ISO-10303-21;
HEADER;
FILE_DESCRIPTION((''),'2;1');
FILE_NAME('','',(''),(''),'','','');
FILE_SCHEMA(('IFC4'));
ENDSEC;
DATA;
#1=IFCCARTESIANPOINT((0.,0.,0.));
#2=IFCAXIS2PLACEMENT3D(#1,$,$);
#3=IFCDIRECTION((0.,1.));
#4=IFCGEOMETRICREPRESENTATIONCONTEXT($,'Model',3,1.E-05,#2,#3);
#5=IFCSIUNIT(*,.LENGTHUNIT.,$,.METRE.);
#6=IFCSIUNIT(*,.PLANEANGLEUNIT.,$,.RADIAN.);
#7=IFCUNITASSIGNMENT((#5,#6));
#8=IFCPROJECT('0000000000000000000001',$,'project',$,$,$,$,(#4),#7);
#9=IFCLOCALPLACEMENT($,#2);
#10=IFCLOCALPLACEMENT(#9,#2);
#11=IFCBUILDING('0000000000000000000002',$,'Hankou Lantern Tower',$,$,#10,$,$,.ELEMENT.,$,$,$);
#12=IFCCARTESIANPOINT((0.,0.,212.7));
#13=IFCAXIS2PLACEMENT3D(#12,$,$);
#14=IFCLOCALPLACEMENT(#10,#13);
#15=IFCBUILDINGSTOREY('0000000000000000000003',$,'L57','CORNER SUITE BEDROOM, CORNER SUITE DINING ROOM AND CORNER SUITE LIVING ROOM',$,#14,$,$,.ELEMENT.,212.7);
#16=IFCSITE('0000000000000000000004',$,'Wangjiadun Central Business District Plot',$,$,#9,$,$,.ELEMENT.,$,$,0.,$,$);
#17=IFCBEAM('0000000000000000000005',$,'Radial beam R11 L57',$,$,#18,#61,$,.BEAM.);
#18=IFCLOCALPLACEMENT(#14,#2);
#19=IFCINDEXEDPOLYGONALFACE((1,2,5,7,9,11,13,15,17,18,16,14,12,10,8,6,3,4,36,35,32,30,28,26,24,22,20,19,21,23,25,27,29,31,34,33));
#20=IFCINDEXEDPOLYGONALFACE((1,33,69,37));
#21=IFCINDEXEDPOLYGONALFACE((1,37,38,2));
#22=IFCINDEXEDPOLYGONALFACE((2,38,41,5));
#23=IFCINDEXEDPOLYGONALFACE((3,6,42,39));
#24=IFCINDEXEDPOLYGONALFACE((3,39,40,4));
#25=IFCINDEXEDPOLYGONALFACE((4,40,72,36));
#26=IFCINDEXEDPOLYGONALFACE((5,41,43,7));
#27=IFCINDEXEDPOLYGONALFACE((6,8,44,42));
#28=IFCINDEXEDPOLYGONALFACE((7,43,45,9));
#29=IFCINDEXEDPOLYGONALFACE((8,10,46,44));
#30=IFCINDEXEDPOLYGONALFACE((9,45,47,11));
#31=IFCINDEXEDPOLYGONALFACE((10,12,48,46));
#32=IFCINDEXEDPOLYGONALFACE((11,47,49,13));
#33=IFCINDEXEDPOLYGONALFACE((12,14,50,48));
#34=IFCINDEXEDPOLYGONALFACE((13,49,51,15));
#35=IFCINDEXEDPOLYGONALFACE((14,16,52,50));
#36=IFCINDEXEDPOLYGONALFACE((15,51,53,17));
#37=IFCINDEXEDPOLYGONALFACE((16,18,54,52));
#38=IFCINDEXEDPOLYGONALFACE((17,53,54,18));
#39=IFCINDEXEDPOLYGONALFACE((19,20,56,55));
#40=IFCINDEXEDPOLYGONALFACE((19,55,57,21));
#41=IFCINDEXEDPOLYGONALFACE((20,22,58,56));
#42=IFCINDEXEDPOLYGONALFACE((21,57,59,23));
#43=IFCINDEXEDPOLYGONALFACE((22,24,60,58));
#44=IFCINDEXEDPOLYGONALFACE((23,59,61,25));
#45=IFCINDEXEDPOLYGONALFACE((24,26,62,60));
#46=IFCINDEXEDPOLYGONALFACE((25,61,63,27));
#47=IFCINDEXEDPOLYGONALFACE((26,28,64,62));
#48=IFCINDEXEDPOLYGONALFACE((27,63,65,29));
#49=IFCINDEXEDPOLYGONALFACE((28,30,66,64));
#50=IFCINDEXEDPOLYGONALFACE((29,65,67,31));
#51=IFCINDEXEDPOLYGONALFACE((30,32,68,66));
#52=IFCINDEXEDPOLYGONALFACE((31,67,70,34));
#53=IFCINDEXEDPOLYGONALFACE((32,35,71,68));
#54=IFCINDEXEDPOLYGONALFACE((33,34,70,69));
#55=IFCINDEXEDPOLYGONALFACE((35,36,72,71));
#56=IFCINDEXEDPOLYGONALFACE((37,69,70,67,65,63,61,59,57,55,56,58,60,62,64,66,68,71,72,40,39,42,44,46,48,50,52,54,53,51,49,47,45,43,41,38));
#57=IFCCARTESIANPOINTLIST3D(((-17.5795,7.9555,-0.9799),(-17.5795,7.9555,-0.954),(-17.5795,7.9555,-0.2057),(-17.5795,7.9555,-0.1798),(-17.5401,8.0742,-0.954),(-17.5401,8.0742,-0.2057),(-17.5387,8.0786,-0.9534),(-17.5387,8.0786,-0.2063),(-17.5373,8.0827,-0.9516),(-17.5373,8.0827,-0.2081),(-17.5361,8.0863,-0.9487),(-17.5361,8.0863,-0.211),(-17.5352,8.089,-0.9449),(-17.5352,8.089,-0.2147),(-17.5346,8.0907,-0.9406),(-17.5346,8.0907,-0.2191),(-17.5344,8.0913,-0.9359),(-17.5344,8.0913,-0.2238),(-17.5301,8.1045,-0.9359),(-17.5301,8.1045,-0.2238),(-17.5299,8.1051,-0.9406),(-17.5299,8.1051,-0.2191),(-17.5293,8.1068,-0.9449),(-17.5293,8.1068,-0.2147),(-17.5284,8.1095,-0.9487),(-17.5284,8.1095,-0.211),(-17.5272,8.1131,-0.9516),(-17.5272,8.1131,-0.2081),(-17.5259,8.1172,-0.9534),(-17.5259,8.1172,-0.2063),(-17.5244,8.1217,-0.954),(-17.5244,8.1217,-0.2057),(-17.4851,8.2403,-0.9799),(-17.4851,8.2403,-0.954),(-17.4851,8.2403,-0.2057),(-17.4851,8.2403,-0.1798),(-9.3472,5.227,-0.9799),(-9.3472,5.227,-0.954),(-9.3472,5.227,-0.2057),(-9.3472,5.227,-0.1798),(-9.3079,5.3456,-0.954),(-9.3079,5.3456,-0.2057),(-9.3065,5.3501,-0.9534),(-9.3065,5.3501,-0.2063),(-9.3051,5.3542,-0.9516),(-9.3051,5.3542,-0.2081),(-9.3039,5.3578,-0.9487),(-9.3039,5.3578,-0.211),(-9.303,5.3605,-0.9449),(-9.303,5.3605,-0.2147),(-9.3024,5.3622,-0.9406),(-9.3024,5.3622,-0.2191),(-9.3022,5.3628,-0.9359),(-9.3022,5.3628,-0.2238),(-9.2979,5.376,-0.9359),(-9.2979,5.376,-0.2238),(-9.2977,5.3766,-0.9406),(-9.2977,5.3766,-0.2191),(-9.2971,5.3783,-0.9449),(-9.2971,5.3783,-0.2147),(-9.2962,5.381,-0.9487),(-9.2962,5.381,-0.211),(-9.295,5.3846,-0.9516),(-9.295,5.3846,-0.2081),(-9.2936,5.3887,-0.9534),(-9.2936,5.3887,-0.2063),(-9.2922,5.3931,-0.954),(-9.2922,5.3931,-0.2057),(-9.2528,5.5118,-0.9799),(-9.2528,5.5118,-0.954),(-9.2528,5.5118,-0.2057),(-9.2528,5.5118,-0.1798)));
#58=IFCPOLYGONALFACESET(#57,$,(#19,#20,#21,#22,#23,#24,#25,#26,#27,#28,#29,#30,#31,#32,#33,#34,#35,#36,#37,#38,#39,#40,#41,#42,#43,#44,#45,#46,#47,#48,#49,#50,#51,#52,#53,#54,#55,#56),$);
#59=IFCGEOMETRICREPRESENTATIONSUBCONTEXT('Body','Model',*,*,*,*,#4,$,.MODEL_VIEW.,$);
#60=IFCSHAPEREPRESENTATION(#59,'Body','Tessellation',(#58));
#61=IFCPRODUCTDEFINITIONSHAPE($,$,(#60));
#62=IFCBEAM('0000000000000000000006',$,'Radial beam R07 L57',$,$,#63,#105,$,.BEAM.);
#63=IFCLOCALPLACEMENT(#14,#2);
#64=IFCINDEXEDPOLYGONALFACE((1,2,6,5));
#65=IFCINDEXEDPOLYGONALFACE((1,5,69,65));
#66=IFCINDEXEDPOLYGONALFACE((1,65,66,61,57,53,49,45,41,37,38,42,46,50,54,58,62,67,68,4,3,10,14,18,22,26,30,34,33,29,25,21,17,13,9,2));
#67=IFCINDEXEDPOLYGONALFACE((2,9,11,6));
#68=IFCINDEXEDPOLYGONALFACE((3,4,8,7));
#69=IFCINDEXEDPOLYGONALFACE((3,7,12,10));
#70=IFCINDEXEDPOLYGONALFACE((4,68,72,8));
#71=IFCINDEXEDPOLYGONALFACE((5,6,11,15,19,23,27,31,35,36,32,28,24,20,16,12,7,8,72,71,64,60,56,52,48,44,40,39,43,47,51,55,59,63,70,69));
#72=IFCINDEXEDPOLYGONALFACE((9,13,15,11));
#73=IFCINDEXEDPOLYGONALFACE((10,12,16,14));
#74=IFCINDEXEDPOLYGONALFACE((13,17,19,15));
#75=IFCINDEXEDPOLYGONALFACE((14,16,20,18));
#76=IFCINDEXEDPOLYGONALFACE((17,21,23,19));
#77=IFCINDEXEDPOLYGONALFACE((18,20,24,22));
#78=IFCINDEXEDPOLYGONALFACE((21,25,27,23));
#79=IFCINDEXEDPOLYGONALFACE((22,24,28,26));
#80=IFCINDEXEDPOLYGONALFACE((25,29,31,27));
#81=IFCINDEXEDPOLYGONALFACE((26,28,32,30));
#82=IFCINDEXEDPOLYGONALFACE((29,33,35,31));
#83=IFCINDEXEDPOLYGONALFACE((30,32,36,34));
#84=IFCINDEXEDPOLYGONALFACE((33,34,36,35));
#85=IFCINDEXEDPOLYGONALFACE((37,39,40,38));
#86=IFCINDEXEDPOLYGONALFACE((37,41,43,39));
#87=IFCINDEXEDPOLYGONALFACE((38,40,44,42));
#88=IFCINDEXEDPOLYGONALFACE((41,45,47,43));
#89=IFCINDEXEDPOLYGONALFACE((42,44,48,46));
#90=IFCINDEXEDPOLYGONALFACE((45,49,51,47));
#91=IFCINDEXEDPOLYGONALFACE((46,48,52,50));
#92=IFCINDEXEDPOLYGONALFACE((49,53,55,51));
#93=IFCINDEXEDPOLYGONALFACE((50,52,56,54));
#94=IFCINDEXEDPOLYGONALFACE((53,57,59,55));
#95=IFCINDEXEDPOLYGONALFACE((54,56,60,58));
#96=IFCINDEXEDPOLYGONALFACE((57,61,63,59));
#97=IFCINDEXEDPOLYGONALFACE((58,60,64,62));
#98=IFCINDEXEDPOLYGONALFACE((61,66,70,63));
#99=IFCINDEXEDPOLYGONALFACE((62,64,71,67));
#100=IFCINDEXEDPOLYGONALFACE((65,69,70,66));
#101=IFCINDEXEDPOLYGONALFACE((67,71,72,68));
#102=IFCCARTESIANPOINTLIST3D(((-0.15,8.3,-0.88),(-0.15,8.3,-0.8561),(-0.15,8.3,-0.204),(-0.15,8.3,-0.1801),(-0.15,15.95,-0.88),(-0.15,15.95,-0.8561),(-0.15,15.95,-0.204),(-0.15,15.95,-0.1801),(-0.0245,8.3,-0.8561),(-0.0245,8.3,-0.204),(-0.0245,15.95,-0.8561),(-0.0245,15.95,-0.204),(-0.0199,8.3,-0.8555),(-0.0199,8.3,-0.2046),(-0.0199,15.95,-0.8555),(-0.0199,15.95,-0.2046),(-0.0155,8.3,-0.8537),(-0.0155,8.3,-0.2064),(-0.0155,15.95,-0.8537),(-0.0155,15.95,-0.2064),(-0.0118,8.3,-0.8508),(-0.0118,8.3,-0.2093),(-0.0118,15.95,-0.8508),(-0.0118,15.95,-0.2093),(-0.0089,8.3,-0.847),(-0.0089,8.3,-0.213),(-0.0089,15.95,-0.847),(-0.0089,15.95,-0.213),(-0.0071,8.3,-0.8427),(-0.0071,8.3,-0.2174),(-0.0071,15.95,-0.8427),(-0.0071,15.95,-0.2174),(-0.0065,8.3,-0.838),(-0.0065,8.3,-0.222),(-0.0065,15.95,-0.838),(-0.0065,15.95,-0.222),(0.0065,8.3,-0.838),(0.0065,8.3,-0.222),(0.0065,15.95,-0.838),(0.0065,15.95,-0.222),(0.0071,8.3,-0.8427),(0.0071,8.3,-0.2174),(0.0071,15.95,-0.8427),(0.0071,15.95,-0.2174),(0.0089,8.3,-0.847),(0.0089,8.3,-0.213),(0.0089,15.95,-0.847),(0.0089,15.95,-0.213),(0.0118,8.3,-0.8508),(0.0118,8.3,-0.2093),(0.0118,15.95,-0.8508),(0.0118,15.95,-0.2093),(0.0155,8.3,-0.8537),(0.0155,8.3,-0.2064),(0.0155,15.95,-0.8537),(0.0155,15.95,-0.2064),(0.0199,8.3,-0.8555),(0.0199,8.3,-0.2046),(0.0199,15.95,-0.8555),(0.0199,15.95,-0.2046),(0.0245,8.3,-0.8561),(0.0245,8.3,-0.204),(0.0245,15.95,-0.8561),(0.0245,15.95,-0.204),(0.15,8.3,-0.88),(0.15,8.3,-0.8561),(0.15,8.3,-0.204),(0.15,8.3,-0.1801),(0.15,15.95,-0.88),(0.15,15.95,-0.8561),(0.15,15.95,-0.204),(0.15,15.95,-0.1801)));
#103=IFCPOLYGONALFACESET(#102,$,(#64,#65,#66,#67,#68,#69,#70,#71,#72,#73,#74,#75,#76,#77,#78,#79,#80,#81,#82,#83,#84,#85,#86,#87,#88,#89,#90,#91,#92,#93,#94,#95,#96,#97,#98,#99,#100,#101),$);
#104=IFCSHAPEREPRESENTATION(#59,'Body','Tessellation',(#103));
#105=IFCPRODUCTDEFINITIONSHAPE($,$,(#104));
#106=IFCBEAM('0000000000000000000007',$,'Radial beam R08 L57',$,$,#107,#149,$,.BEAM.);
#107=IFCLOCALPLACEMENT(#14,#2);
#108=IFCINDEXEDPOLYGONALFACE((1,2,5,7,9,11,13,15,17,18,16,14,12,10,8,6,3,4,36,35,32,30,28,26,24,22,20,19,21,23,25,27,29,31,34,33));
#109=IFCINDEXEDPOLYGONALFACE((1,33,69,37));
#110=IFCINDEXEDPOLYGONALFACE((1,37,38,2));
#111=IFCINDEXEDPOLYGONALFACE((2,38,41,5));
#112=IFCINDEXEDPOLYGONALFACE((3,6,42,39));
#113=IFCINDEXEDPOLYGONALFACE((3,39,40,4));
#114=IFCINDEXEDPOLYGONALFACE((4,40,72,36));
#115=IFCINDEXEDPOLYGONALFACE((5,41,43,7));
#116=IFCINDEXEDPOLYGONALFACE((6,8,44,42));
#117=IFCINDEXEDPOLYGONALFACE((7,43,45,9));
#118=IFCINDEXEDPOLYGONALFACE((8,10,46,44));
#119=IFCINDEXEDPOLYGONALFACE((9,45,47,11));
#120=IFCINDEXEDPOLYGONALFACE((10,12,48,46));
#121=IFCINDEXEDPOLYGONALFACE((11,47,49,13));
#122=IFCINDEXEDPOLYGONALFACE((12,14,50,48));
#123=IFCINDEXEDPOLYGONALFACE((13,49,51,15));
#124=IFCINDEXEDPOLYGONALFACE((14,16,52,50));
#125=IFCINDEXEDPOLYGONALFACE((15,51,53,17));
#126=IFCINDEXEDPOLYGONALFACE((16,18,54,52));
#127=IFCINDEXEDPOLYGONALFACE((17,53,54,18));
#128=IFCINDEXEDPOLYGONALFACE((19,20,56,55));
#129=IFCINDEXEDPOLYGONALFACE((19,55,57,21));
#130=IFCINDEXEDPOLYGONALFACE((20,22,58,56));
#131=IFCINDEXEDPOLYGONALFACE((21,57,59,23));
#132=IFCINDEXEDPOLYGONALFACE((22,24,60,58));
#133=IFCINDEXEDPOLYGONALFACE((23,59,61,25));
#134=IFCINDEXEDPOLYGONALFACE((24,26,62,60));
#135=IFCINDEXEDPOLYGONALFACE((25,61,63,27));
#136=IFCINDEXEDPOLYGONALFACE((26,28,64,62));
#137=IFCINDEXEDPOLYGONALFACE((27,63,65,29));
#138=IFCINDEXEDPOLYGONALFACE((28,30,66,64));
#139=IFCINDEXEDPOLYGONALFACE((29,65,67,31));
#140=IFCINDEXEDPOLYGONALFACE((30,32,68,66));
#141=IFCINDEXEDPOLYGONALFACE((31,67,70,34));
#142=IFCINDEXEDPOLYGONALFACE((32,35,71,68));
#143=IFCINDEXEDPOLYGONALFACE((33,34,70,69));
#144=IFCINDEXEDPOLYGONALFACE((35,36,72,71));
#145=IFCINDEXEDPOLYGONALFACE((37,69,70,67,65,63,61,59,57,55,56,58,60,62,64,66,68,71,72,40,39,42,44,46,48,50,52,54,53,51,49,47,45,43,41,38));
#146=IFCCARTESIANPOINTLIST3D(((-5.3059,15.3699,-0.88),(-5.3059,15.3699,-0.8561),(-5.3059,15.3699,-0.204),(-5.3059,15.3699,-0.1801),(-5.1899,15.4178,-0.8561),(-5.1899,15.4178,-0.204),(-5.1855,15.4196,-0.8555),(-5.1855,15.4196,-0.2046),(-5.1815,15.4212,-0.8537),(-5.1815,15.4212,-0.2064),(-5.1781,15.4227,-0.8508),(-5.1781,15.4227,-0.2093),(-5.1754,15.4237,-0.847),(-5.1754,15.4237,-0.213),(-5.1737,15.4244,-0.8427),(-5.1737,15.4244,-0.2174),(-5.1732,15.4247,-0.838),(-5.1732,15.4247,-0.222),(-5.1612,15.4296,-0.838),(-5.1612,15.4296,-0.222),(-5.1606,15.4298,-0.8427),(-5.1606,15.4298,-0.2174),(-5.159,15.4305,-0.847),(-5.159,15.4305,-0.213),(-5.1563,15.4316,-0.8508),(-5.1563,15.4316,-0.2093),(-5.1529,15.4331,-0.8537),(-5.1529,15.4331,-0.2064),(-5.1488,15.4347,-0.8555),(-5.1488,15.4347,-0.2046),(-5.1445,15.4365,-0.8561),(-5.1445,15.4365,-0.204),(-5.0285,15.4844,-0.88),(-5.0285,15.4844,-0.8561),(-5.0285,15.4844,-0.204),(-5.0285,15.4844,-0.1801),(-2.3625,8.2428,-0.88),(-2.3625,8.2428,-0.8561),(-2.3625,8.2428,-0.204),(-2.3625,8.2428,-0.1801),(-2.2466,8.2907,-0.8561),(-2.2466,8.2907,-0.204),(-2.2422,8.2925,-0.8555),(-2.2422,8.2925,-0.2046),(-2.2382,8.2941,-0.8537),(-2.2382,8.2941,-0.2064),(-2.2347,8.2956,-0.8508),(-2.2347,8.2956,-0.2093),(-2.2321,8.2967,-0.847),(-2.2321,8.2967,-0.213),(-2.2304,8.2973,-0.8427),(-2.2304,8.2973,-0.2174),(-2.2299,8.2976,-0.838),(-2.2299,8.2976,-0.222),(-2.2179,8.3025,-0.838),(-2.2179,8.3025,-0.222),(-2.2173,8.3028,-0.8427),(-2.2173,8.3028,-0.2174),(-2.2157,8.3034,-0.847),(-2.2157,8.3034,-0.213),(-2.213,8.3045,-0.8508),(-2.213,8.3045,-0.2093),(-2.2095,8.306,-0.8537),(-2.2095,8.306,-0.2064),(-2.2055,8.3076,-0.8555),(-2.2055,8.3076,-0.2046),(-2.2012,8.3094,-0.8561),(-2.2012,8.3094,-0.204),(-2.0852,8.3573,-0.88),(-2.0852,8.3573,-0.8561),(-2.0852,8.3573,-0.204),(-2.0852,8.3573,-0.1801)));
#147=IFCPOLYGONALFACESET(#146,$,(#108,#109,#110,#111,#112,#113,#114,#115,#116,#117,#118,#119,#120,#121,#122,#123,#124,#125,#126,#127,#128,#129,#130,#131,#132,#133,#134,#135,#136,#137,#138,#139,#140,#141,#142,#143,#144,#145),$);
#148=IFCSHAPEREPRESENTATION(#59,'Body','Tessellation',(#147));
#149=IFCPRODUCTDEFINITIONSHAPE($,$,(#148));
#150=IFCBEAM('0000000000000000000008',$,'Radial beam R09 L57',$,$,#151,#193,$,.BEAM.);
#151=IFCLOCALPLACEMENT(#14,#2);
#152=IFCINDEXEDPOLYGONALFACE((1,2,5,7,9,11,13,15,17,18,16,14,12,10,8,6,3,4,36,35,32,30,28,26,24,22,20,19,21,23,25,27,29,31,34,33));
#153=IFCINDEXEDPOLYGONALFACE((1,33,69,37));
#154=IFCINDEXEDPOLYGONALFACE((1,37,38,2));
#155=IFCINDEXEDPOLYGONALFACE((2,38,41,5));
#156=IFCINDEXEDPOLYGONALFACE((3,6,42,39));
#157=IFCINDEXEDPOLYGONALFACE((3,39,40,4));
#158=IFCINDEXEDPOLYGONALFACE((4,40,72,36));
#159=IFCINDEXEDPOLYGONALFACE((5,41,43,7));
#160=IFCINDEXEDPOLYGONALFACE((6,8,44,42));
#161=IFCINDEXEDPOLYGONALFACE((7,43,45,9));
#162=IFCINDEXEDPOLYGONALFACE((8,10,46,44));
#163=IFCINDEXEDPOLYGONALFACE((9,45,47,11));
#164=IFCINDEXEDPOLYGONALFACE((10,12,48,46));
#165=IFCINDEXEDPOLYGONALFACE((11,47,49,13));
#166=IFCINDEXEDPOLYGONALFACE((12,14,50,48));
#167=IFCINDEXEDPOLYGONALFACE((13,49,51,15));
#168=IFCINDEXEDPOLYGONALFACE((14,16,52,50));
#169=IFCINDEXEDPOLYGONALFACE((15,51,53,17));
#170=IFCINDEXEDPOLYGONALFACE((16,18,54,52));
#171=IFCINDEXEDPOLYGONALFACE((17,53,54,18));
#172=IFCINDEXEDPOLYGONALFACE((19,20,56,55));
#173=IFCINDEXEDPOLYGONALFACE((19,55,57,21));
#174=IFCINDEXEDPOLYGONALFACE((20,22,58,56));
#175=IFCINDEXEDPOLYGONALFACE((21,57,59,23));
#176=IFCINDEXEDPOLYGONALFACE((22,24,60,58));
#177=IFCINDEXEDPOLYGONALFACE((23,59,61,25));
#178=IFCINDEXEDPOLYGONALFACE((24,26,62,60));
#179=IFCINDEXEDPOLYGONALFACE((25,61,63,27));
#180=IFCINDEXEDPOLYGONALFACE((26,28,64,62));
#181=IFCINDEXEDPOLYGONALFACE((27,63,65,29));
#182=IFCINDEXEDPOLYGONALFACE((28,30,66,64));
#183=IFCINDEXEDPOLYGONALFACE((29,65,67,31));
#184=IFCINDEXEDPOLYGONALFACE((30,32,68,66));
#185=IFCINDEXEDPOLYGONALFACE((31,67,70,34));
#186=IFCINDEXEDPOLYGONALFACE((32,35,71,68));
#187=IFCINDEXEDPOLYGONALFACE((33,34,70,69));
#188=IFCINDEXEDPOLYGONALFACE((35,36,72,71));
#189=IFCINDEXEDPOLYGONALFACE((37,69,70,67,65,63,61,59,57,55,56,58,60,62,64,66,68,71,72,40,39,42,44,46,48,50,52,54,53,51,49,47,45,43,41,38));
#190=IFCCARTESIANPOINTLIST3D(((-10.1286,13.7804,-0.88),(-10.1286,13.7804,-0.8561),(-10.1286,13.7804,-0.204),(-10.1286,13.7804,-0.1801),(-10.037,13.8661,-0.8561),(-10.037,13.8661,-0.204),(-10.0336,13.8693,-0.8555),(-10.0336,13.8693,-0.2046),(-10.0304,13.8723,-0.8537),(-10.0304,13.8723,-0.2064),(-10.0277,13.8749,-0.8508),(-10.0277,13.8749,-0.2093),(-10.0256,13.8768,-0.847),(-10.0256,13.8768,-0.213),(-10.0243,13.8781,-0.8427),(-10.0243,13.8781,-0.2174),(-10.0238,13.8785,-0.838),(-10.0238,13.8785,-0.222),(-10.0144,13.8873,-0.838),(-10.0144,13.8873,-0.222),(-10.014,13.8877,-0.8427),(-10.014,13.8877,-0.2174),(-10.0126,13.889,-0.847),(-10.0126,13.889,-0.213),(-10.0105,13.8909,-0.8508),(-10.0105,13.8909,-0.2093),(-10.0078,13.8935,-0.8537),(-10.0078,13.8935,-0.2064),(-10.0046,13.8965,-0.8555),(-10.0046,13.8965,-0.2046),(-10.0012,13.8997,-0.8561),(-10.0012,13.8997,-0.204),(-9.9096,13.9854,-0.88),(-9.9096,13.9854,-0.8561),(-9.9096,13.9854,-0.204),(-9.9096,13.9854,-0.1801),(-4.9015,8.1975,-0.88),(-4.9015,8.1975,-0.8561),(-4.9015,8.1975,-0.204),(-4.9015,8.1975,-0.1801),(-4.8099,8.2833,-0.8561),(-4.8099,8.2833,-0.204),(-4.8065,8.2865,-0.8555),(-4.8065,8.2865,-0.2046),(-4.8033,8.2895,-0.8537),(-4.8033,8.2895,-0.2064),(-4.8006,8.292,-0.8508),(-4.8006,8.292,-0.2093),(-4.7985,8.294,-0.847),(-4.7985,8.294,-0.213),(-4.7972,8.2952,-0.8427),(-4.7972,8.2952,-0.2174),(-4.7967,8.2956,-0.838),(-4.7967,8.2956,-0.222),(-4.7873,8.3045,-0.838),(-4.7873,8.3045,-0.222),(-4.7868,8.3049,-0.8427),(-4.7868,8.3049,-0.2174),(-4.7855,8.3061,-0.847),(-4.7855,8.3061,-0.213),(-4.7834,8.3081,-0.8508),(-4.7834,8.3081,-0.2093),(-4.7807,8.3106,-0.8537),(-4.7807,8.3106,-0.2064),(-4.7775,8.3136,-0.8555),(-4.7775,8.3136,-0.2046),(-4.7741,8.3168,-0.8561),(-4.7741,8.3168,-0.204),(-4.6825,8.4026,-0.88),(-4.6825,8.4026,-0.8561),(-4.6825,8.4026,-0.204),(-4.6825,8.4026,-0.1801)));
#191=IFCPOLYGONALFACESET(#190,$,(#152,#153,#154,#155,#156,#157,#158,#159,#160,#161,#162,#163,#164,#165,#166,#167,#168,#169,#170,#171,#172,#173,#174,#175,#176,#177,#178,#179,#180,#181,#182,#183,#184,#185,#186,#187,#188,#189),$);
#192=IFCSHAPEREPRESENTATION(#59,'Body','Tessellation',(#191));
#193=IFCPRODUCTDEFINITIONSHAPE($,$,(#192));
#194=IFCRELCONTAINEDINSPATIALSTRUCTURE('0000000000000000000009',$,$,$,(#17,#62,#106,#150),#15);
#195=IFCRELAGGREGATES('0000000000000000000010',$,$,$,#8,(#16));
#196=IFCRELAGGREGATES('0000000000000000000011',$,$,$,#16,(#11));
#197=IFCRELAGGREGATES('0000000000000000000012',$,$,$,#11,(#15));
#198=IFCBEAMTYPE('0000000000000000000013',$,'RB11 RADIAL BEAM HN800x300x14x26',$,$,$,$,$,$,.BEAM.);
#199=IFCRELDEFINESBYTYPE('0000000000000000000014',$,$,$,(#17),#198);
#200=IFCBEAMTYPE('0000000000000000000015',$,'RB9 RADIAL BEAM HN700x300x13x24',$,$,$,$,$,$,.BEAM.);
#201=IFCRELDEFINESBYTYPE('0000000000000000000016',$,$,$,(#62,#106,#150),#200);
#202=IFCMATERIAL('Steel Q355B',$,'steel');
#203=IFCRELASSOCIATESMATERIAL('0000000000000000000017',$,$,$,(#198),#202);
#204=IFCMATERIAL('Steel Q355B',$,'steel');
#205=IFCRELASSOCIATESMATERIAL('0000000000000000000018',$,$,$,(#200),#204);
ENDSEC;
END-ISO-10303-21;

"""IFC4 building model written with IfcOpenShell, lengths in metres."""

from ifc_helpers import new_model, si_unit, direction, frame, origin, origin_2d, place, context, subcontext, project, spatial, i_section, extrude, material, material_profile, profile_set, type_object, element, save


model = new_model("IFC4")

# Units and contexts
model_context = context("Model", 3, precision=1e-05, world=origin(), true_north=direction((0.0, 1.0)))
body_context = subcontext(model_context, "Body", "Model", "MODEL_VIEW")
ifc_project = project(units=[si_unit("LENGTHUNIT", "METRE"), si_unit("PLANEANGLEUNIT", "RADIAN")], contexts=[model_context])

# Site, building, storey
site_placement = place(None, origin())
site = spatial("IfcSite", under=ifc_project, at=site_placement, Name="Wangjiadun Central Business District Plot", CompositionType="ELEMENT", RefElevation=0.0)
building_placement = place(site_placement, origin())
building = spatial("IfcBuilding", under=site, at=building_placement, Name="Hankou Lantern Tower", CompositionType="ELEMENT")
storey_placement = place(building_placement, frame((0.0, 0.0, 212.7)))
storey = spatial("IfcBuildingStorey", under=building, at=storey_placement, Name="L57", Description="CORNER SUITE BEDROOM, CORNER SUITE DINING ROOM AND CORNER SUITE LIVING ROOM", CompositionType="ELEMENT", Elevation=212.7)

# Beams
ifc_material_1 = material(Name="Steel Q355B", Category="steel")
ifc_material_profile_1 = material_profile(ifc_material_1, i_section(OverallWidth=0.3, OverallDepth=0.8, WebThickness=0.0139, FlangeThickness=0.0259, FilletRadius=0.0181, at=origin_2d()), Name="HN800x300x14x26")
ifc_profile_set_1 = profile_set([ifc_material_profile_1], Name="Steel Q355B")
beam_type_1 = type_object("IfcBeamType", Name="RB11 RADIAL BEAM HN800x300x14x26", PredefinedType="BEAM", material=ifc_profile_set_1)
beam_1_placement = place(storey_placement, frame((-9.3, 5.3694, -0.5798), z_axis=(-0.94922, 0.314614, 0.0), x_axis=(-0.314614, -0.94922, 0.0)))
element("IfcBeam", 1, at=beam_1_placement, inside=storey, type_object=beam_type_1, Name="Radial beam R11 L57", PredefinedType="BEAM", context=body_context, shape_type="SweptSolid", body=[
    extrude(i_section(OverallWidth=0.3, OverallDepth=0.8, WebThickness=0.0139, FlangeThickness=0.0259, FilletRadius=0.0181, at=origin_2d()), origin(), (0.0, 0.0, 1.0), 8.6726),
])
ifc_material_2 = material(Name="Steel Q355B", Category="steel")
ifc_material_profile_2 = material_profile(ifc_material_2, i_section(OverallWidth=0.3, OverallDepth=0.7, WebThickness=0.0129, FlangeThickness=0.0239, FilletRadius=0.0181, at=origin_2d()), Name="HN700x300x13x24")
ifc_profile_set_2 = profile_set([ifc_material_profile_2], Name="Steel Q355B")
beam_type_2 = type_object("IfcBeamType", Name="RB9 RADIAL BEAM HN700x300x13x24", PredefinedType="BEAM", material=ifc_profile_set_2)
beam_2_placement = place(storey_placement, frame((0.0, 8.3, -0.53), z_axis=(0.0, 1.0, 0.0), x_axis=(-1.0, 0.0, 0.0)))
element("IfcBeam", 2, at=beam_2_placement, inside=storey, type_object=beam_type_2, Name="Radial beam R07 L57", PredefinedType="BEAM", context=body_context, shape_type="SweptSolid", body=[
    extrude(i_section(OverallWidth=0.3, OverallDepth=0.7, WebThickness=0.0129, FlangeThickness=0.0239, FilletRadius=0.0181, at=origin_2d()), origin(), (0.0, 0.0, 1.0), 7.6499),
])
beam_3_placement = place(storey_placement, frame((-2.2239, 8.3, -0.53), z_axis=(-0.381707, 0.924284, 0.0), x_axis=(-0.924284, -0.381707, 0.0)))
element("IfcBeam", 3, at=beam_3_placement, inside=storey, type_object=beam_type_2, Name="Radial beam R08 L57", PredefinedType="BEAM", context=body_context, shape_type="SweptSolid", body=[
    extrude(i_section(OverallWidth=0.3, OverallDepth=0.7, WebThickness=0.0129, FlangeThickness=0.0239, FilletRadius=0.0181, at=origin_2d()), origin(), (0.0, 0.0, 1.0), 7.7109),
])
beam_4_placement = place(storey_placement, frame((-4.792, 8.3, -0.53), z_axis=(-0.683468, 0.72998, 0.0), x_axis=(-0.72998, -0.683468, 0.0)))
element("IfcBeam", 4, at=beam_4_placement, inside=storey, type_object=beam_type_2, Name="Radial beam R09 L57", PredefinedType="BEAM", context=body_context, shape_type="SweptSolid", body=[
    extrude(i_section(OverallWidth=0.3, OverallDepth=0.7, WebThickness=0.0129, FlangeThickness=0.0239, FilletRadius=0.0181, at=origin_2d()), origin(), (0.0, 0.0, 1.0), 7.6479),
])

save(model, "model.ifc")
